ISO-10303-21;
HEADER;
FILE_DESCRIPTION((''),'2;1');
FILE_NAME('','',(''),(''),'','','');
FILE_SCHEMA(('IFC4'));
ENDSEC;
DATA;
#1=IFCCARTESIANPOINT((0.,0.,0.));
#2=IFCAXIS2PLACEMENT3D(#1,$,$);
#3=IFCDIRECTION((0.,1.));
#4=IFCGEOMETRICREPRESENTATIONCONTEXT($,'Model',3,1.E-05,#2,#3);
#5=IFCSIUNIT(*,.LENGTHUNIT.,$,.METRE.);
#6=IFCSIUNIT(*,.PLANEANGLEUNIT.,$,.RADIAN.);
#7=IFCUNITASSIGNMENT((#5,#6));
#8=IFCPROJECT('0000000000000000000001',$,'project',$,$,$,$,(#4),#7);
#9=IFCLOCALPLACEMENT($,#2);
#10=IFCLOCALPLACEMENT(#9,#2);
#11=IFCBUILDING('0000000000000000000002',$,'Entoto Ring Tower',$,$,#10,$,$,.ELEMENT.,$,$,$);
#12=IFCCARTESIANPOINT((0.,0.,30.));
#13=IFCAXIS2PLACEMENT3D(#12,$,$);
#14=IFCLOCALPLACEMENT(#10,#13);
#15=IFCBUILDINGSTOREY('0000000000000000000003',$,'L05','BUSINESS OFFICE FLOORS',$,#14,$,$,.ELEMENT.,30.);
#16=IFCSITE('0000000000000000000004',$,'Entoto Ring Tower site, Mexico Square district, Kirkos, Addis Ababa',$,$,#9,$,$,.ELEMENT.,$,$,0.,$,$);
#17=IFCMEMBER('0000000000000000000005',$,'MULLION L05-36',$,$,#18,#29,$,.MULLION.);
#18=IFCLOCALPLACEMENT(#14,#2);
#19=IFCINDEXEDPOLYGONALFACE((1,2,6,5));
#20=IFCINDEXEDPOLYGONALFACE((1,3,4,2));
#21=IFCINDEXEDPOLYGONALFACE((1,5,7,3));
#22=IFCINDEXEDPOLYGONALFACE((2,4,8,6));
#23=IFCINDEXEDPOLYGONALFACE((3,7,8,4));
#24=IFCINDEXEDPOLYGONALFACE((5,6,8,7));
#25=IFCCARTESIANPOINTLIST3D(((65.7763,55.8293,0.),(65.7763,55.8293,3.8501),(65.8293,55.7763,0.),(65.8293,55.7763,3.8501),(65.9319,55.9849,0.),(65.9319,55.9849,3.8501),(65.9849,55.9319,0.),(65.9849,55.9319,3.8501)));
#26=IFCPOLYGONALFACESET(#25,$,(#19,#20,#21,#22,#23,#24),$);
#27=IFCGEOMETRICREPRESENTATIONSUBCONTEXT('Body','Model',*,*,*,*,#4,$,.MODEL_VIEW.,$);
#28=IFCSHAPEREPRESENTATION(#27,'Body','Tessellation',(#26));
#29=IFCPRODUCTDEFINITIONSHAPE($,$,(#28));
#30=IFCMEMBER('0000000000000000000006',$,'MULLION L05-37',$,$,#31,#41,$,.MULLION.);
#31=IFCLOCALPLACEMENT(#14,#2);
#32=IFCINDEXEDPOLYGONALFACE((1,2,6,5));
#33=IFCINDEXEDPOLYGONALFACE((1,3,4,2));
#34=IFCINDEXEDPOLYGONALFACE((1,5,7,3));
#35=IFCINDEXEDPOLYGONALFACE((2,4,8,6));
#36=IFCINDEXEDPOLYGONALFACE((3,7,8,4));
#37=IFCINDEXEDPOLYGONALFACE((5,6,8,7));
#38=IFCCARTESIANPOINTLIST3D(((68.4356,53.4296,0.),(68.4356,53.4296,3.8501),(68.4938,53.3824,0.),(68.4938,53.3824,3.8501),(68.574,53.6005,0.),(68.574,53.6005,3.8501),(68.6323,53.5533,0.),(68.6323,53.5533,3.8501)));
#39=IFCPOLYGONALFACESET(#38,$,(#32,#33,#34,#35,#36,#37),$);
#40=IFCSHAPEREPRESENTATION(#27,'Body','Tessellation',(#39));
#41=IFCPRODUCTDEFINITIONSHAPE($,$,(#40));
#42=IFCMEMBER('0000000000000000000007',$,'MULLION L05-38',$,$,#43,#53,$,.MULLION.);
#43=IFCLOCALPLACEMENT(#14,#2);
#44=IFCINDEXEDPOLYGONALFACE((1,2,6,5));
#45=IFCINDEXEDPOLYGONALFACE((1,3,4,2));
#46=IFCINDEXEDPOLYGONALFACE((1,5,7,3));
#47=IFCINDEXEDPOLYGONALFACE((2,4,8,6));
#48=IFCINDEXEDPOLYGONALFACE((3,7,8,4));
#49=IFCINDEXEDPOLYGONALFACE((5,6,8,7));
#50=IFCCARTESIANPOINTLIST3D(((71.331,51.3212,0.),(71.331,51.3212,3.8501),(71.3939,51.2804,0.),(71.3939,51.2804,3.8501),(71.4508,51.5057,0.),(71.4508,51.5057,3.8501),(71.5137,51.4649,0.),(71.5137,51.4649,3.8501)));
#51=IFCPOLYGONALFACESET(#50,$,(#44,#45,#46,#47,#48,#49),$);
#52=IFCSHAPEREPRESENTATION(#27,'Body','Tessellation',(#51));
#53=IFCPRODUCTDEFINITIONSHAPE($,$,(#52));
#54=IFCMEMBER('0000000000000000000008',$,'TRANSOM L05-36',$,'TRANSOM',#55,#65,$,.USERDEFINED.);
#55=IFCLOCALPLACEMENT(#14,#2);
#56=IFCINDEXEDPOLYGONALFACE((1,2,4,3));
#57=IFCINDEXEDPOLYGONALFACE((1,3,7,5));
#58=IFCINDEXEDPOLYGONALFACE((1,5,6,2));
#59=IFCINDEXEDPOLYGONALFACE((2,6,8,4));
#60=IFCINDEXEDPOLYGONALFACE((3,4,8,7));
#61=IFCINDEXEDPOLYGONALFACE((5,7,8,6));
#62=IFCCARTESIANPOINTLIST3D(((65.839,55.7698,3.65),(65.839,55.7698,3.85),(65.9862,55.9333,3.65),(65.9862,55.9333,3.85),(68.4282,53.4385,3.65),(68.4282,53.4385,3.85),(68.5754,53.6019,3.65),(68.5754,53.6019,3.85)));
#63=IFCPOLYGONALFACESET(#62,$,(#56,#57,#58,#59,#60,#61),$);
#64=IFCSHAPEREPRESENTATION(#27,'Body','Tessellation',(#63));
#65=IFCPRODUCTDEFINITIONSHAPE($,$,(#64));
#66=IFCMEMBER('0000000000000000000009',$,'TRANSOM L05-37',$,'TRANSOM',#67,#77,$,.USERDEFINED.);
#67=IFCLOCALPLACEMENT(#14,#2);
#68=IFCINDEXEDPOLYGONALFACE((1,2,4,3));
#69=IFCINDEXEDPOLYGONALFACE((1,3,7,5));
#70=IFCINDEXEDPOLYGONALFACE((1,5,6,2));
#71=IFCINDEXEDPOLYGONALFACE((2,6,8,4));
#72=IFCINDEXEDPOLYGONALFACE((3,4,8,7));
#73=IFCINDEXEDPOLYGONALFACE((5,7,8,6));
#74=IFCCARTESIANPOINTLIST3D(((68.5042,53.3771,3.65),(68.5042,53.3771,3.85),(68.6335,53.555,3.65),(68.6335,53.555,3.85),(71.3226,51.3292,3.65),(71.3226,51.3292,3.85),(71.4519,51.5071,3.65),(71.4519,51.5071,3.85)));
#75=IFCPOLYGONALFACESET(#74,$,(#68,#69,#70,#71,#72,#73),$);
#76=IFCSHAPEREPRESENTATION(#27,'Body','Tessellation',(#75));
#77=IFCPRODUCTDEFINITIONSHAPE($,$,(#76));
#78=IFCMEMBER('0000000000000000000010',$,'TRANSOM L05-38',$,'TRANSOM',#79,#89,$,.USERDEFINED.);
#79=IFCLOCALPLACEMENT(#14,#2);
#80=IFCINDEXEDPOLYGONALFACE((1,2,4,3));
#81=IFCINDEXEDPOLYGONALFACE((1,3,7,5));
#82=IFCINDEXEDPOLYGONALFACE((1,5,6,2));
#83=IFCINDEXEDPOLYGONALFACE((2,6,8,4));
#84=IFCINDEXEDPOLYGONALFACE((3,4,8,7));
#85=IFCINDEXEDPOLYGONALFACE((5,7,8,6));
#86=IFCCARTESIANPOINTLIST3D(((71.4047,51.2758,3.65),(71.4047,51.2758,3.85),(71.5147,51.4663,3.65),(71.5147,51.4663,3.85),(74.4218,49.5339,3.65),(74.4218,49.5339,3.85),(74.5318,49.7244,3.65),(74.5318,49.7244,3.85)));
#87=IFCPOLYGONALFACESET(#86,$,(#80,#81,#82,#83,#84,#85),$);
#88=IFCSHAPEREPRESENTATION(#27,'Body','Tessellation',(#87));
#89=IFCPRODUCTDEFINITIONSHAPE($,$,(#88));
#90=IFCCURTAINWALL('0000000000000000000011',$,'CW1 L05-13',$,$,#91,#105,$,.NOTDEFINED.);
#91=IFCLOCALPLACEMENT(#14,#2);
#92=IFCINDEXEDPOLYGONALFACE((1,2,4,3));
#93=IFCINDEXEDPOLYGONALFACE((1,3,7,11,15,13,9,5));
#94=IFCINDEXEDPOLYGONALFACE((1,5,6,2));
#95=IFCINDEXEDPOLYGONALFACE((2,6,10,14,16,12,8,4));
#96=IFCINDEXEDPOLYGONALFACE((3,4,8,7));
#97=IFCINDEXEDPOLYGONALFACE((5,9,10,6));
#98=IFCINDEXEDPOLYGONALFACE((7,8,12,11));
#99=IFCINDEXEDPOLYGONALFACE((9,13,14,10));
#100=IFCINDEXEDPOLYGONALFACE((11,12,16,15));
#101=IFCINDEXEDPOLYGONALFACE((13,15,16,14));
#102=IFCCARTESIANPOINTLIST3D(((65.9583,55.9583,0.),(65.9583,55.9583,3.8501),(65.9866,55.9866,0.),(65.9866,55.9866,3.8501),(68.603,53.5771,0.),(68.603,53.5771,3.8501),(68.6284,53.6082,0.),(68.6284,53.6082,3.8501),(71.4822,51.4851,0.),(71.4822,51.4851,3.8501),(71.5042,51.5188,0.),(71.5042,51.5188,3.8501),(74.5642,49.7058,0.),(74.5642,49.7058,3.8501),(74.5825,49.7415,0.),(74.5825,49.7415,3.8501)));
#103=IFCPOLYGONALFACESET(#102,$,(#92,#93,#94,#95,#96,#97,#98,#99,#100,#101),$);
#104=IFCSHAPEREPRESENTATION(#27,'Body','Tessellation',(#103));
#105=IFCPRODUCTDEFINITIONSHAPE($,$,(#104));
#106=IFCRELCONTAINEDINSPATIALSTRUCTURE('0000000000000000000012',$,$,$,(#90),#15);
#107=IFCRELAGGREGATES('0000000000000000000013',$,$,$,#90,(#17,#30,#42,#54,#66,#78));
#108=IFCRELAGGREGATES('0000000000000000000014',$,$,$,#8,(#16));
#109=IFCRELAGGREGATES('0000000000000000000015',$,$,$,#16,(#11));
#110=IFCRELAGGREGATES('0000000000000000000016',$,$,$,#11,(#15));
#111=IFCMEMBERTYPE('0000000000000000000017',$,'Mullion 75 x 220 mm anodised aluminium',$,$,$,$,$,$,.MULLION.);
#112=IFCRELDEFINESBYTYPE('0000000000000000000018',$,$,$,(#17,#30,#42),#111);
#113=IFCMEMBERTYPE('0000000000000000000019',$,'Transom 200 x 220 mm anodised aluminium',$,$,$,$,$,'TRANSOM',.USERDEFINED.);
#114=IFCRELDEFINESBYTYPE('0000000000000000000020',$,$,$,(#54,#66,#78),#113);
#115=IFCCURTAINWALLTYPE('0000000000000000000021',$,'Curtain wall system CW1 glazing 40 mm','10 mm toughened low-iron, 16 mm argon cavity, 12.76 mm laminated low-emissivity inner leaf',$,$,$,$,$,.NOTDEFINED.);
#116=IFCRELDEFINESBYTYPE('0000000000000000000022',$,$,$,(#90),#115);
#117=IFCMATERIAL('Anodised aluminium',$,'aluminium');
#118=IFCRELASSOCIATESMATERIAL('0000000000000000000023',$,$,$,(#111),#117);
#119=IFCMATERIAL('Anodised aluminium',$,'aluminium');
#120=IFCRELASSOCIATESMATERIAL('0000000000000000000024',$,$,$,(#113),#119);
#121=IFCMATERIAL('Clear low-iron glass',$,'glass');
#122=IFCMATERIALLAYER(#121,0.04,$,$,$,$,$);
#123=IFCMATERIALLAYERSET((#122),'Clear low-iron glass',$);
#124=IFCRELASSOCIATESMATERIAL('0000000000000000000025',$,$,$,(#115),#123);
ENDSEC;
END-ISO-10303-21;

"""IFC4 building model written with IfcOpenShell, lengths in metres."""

from ifc_helpers import new_model, si_unit, direction, frame, origin, origin_2d, place, context, subcontext, project, spatial, polyline, rectangle, outline, extrude, material, layer, layer_set, material_profile, profile_set, type_object, element, aggregate, save


model = new_model("IFC4")

# Units and contexts
model_context = context("Model", 3, precision=1e-05, world=origin(), true_north=direction((0.0, 1.0)))
body_context = subcontext(model_context, "Body", "Model", "MODEL_VIEW")
ifc_project = project(units=[si_unit("LENGTHUNIT", "METRE"), si_unit("PLANEANGLEUNIT", "RADIAN")], contexts=[model_context])

# Members
ifc_material_1 = material(Name="Anodised aluminium", Category="aluminium")
ifc_material_profile_1 = material_profile(ifc_material_1, rectangle(XDim=0.075, YDim=0.22, at=origin_2d()), Name="Mullion 75 x 220 mm anodised aluminium")
ifc_profile_set_1 = profile_set([ifc_material_profile_1], Name="Anodised aluminium")
member_type_1 = type_object("IfcMemberType", Name="Mullion 75 x 220 mm anodised aluminium", PredefinedType="MULLION", material=ifc_profile_set_1)
site_placement = place(None, origin())
building_placement = place(site_placement, origin())
storey_placement = place(building_placement, frame((0.0, 0.0, 30.0)))
member_1_placement = place(storey_placement, frame((65.8806, 55.8806, 0.0), z_axis=(0.0, 0.0, 1.0), x_axis=(0.707107, -0.707107, 0.0)))
member_1 = element("IfcMember", 1, at=member_1_placement, type_object=member_type_1, Name="MULLION L05-36", PredefinedType="MULLION", context=body_context, shape_type="SweptSolid", body=[
    extrude(rectangle(XDim=0.075, YDim=0.22, at=origin_2d()), origin(), (0.0, 0.0, 1.0), 3.8501),
])
member_2_placement = place(storey_placement, frame((68.5339, 53.4915, 0.0), z_axis=(0.0, 0.0, 1.0), x_axis=(0.777146, -0.62932, 0.0)))
member_2 = element("IfcMember", 2, at=member_2_placement, type_object=member_type_1, Name="MULLION L05-37", PredefinedType="MULLION", context=body_context, shape_type="SweptSolid", body=[
    extrude(rectangle(XDim=0.075, YDim=0.22, at=origin_2d()), origin(), (0.0, 0.0, 1.0), 3.8501),
])
member_3_placement = place(storey_placement, frame((71.4224, 51.3931, 0.0), z_axis=(0.0, 0.0, 1.0), x_axis=(0.838671, -0.544639, 0.0)))
member_3 = element("IfcMember", 3, at=member_3_placement, type_object=member_type_1, Name="MULLION L05-38", PredefinedType="MULLION", context=body_context, shape_type="SweptSolid", body=[
    extrude(rectangle(XDim=0.075, YDim=0.22, at=origin_2d()), origin(), (0.0, 0.0, 1.0), 3.8501),
])
ifc_material_2 = material(Name="Anodised aluminium", Category="aluminium")
ifc_material_profile_2 = material_profile(ifc_material_2, rectangle(XDim=0.22, YDim=0.2, at=origin_2d()), Name="Transom 200 x 220 mm anodised aluminium")
ifc_profile_set_2 = profile_set([ifc_material_profile_2], Name="Anodised aluminium")
member_type_2 = type_object("IfcMemberType", Name="Transom 200 x 220 mm anodised aluminium", ElementType="TRANSOM", PredefinedType="USERDEFINED", material=ifc_profile_set_2)
member_4_placement = place(storey_placement, frame((65.9126, 55.8516, 3.75), z_axis=(0.743137, -0.669139, 0.0), x_axis=(0.669139, 0.743137, 0.0)))
member_4 = element("IfcMember", 4, at=member_4_placement, type_object=member_type_2, Name="TRANSOM L05-36", ObjectType="TRANSOM", PredefinedType="USERDEFINED", context=body_context, shape_type="SweptSolid", body=[
    extrude(rectangle(XDim=0.22, YDim=0.2, at=origin_2d()), origin(), (0.0, 0.0, 1.0), 3.4841),
])
member_5_placement = place(storey_placement, frame((68.5688, 53.4661, 3.75), z_axis=(0.808991, -0.587822, 0.0), x_axis=(0.587822, 0.808991, 0.0)))
member_5 = element("IfcMember", 5, at=member_5_placement, type_object=member_type_2, Name="TRANSOM L05-37", ObjectType="TRANSOM", PredefinedType="USERDEFINED", context=body_context, shape_type="SweptSolid", body=[
    extrude(rectangle(XDim=0.22, YDim=0.2, at=origin_2d()), origin(), (0.0, 0.0, 1.0), 3.4839),
])
member_6_placement = place(storey_placement, frame((71.4597, 51.3711, 3.75), z_axis=(0.866022, -0.500006, 0.0), x_axis=(0.500006, 0.866022, 0.0)))
member_6 = element("IfcMember", 6, at=member_6_placement, type_object=member_type_2, Name="TRANSOM L05-38", ObjectType="TRANSOM", PredefinedType="USERDEFINED", context=body_context, shape_type="SweptSolid", body=[
    extrude(rectangle(XDim=0.22, YDim=0.2, at=origin_2d()), origin(), (0.0, 0.0, 1.0), 3.4839),
])

# Site, building, storey
site = spatial("IfcSite", under=ifc_project, at=site_placement, Name="Entoto Ring Tower site, Mexico Square district, Kirkos, Addis Ababa", CompositionType="ELEMENT", RefElevation=0.0)
building = spatial("IfcBuilding", under=site, at=building_placement, Name="Entoto Ring Tower", CompositionType="ELEMENT")
storey = spatial("IfcBuildingStorey", under=building, at=storey_placement, Name="L05", Description="BUSINESS OFFICE FLOORS", CompositionType="ELEMENT", Elevation=30.0)

# Curtain wall
ifc_material_3 = material(Name="Clear low-iron glass", Category="glass")
ifc_layer = layer(ifc_material_3, 0.04)
ifc_layer_set = layer_set([ifc_layer], Name="Clear low-iron glass")
curtain_wall_type = type_object("IfcCurtainWallType", Name="Curtain wall system CW1 glazing 40 mm", Description="10 mm toughened low-iron, 16 mm argon cavity, 12.76 mm laminated low-emissivity inner leaf", PredefinedType="NOTDEFINED", material=ifc_layer_set)
curtain_wall_1_placement = place(storey_placement, origin())
curtain_wall_1 = element("IfcCurtainWall", 7, at=curtain_wall_1_placement, inside=storey, type_object=curtain_wall_type, Name="CW1 L05-13", PredefinedType="NOTDEFINED", context=body_context, shape_type="SweptSolid", body=[
    extrude(outline(polyline([(65.9583, 55.9583), (68.603, 53.5771), (71.4822, 51.4851), (74.5642, 49.7058), (74.5825, 49.7415), (71.5042, 51.5188), (68.6284, 53.6082), (65.9866, 55.9866), (65.9583, 55.9583)])), origin(), (0.0, 0.0, 1.0), 3.8501),
])
aggregate(curtain_wall_1, [member_1, member_2, member_3, member_4, member_5, member_6])

save(model, "model.ifc")
